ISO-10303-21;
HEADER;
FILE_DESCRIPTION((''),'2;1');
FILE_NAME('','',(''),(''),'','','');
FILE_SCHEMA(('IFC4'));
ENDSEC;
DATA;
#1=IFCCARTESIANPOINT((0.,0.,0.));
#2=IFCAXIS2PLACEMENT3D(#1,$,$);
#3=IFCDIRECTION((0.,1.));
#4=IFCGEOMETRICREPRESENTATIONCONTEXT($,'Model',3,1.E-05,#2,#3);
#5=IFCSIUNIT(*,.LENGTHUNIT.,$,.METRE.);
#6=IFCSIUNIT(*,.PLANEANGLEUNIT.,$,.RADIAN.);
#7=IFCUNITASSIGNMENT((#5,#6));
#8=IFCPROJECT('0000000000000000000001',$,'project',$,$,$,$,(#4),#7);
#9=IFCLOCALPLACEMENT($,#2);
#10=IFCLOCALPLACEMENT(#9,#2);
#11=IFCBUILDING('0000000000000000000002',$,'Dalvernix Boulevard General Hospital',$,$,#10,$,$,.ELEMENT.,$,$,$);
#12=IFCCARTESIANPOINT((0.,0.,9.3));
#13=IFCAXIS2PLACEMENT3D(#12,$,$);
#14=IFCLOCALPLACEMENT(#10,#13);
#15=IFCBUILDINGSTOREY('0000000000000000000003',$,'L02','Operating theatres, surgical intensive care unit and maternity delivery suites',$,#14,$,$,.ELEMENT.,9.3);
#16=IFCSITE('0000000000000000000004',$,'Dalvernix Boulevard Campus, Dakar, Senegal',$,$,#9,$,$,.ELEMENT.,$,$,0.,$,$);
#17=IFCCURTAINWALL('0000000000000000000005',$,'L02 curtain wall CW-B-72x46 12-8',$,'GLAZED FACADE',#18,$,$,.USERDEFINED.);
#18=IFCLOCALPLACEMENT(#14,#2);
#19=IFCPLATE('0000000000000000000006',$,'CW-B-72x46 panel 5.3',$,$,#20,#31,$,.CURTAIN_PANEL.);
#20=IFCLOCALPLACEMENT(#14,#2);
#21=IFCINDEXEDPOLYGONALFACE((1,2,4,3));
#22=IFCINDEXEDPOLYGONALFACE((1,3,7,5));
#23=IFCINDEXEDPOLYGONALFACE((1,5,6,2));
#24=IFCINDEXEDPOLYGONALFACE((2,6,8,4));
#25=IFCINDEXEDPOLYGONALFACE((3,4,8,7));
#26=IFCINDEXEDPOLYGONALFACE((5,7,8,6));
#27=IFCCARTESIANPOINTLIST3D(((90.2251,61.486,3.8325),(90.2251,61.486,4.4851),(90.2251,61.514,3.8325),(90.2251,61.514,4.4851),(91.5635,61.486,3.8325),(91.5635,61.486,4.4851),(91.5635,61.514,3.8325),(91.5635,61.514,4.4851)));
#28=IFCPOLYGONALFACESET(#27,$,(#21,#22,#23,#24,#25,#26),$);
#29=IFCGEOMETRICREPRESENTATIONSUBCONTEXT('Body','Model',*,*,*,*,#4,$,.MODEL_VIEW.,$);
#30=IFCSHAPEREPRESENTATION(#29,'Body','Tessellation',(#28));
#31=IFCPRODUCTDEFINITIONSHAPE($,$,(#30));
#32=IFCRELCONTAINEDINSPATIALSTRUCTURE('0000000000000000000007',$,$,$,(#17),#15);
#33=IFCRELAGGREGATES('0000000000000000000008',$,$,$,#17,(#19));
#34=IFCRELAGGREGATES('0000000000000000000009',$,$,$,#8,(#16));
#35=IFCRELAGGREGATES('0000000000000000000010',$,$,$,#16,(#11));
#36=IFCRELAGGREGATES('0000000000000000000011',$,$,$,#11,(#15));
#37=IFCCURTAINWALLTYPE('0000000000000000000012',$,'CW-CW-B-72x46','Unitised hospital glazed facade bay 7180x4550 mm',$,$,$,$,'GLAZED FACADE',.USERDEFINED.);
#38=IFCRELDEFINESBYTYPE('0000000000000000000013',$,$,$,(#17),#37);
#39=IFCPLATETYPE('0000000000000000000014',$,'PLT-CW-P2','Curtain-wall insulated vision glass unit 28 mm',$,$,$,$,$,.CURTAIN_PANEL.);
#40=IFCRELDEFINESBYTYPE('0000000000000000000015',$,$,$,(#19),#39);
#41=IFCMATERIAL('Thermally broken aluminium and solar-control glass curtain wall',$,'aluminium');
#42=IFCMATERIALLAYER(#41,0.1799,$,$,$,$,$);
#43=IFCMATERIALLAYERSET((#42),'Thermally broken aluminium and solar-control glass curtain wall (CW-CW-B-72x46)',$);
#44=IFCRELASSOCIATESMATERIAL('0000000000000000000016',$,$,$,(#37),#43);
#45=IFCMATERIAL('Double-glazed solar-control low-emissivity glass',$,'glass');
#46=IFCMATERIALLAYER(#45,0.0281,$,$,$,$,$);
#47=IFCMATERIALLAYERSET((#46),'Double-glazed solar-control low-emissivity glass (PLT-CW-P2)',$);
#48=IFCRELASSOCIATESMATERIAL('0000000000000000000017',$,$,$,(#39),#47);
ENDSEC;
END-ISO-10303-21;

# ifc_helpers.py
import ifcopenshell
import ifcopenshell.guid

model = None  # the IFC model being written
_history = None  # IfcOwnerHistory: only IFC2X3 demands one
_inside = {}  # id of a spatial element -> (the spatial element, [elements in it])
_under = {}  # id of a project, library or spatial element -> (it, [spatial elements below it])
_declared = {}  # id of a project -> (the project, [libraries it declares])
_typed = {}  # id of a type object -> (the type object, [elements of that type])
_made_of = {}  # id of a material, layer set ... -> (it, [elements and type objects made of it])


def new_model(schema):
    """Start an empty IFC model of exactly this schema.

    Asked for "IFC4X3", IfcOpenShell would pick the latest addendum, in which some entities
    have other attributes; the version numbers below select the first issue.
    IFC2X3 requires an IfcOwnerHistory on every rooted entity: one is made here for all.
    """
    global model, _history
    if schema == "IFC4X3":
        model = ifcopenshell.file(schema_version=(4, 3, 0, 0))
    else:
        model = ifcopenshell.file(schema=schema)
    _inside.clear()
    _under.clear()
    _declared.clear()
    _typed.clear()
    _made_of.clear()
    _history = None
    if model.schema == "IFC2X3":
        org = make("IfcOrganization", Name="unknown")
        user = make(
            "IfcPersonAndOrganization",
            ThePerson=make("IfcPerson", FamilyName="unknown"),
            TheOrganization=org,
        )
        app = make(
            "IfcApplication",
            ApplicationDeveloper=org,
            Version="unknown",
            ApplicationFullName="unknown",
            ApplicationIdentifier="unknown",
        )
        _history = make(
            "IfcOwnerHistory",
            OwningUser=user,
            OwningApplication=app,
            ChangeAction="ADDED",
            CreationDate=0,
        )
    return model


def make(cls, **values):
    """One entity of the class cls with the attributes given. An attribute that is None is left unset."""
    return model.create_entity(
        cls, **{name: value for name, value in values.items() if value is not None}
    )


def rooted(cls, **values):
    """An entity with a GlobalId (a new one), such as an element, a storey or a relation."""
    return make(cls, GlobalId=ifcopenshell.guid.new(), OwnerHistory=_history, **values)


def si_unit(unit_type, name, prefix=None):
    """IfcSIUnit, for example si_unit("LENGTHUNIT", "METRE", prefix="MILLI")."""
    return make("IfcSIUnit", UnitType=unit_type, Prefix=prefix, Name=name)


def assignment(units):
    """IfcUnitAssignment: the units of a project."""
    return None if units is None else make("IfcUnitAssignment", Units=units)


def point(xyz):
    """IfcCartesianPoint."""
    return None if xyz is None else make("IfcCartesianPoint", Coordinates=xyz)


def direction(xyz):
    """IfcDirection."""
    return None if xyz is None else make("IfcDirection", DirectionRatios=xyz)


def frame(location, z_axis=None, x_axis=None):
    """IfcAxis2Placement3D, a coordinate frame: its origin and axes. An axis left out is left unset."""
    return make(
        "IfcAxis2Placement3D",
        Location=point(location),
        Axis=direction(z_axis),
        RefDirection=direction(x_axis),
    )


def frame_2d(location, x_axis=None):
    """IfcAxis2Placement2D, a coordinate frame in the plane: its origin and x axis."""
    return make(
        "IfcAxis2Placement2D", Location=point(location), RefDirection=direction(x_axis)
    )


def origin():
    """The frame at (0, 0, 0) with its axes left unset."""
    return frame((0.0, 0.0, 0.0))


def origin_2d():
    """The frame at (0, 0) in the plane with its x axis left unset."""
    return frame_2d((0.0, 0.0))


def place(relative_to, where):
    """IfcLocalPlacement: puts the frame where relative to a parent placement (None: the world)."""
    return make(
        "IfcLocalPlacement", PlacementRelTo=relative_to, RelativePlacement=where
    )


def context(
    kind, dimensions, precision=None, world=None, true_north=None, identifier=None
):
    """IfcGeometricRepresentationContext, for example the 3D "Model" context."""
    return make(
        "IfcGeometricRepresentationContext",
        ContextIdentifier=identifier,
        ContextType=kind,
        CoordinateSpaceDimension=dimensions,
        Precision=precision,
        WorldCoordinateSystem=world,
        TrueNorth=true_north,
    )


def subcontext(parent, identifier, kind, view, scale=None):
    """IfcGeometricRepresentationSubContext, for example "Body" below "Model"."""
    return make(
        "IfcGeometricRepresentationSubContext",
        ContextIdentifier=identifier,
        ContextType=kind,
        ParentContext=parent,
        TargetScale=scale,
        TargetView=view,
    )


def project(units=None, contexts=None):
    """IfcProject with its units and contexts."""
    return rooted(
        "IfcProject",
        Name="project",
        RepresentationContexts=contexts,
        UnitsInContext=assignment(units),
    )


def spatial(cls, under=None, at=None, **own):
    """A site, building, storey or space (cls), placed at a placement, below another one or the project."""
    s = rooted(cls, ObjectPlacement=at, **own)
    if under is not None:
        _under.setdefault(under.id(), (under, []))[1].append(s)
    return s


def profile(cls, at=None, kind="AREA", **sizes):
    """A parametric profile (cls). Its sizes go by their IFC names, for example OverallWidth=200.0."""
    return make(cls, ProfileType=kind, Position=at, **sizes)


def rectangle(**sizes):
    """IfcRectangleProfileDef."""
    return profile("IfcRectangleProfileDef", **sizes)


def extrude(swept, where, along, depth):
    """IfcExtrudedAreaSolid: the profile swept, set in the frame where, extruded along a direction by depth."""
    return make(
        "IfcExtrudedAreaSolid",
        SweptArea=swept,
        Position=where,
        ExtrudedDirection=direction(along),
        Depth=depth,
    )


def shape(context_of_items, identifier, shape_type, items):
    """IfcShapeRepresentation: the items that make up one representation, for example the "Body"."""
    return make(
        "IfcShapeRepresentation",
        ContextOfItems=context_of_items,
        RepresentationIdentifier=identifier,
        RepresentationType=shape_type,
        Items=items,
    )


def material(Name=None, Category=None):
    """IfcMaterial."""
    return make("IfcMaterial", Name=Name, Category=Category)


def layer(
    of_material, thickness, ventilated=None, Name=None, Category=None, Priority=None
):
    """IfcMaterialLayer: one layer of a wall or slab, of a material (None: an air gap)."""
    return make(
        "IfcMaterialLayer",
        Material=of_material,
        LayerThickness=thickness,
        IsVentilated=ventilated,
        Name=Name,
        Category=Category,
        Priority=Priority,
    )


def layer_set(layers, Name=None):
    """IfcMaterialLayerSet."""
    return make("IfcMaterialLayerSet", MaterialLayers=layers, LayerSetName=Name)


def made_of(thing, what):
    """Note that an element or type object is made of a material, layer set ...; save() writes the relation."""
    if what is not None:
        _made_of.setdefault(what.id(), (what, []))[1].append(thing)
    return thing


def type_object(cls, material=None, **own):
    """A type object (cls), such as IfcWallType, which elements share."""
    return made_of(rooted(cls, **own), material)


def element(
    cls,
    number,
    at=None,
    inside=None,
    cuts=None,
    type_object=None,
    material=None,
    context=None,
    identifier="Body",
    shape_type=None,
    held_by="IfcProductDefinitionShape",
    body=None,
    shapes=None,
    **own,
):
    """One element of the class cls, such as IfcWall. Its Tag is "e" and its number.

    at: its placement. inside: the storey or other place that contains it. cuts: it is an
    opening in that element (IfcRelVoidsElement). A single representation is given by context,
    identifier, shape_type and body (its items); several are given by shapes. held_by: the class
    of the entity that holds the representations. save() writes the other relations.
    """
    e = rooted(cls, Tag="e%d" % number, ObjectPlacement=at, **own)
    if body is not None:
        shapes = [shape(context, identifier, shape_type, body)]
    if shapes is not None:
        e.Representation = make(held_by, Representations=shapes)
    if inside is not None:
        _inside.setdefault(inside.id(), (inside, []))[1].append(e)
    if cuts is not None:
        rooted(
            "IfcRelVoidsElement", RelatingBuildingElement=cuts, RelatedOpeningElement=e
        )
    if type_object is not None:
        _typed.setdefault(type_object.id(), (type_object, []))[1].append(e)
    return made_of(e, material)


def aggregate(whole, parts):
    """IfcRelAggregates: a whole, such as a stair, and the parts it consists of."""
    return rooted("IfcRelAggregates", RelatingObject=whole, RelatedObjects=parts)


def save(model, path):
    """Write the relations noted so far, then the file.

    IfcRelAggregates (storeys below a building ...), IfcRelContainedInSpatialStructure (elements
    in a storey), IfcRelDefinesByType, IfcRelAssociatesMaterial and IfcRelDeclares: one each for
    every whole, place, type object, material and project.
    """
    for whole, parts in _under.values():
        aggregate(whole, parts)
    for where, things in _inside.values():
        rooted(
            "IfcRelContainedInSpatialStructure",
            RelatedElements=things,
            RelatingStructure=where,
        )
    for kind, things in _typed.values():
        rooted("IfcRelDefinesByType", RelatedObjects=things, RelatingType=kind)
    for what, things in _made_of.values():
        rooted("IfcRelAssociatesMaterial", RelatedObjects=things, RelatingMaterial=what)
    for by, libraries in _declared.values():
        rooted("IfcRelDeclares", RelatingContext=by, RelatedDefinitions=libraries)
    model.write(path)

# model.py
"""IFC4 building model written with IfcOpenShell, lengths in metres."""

from ifc_helpers import new_model, si_unit, direction, frame, origin, origin_2d, place, context, subcontext, project, spatial, rectangle, extrude, material, layer, layer_set, type_object, element, aggregate, save


model = new_model("IFC4")

# Units and contexts
model_context = context("Model", 3, precision=1e-05, world=origin(), true_north=direction((0.0, 1.0)))
body_context = subcontext(model_context, "Body", "Model", "MODEL_VIEW")
ifc_project = project(units=[si_unit("LENGTHUNIT", "METRE"), si_unit("PLANEANGLEUNIT", "RADIAN")], contexts=[model_context])

# Site, building, storey
site_placement = place(None, origin())
site = spatial("IfcSite", under=ifc_project, at=site_placement, Name="Dalvernix Boulevard Campus, Dakar, Senegal", CompositionType="ELEMENT", RefElevation=0.0)
building_placement = place(site_placement, origin())
building = spatial("IfcBuilding", under=site, at=building_placement, Name="Dalvernix Boulevard General Hospital", CompositionType="ELEMENT")
storey_placement = place(building_placement, frame((0.0, 0.0, 9.3)))
storey = spatial("IfcBuildingStorey", under=building, at=storey_placement, Name="L02", Description="Operating theatres, surgical intensive care unit and maternity delivery suites", CompositionType="ELEMENT", Elevation=9.3)

# Shared definitions
ifc_material_1 = material(Name="Thermally broken aluminium and solar-control glass curtain wall", Category="aluminium")

# Curtain wall
ifc_layer_1 = layer(ifc_material_1, 0.1799)
ifc_layer_set_1 = layer_set([ifc_layer_1], Name="Thermally broken aluminium and solar-control glass curtain wall (CW-CW-B-72x46)")
curtain_wall_type_1 = type_object("IfcCurtainWallType", Name="CW-CW-B-72x46", Description="Unitised hospital glazed facade bay 7180x4550 mm", ElementType="GLAZED FACADE", PredefinedType="USERDEFINED", material=ifc_layer_set_1)
curtain_wall_1_placement = place(storey_placement, origin())
curtain_wall_1 = element("IfcCurtainWall", 1, at=curtain_wall_1_placement, inside=storey, type_object=curtain_wall_type_1, Name="L02 curtain wall CW-B-72x46 12-8", ObjectType="GLAZED FACADE", PredefinedType="USERDEFINED")

# Plate
ifc_material_2 = material(Name="Double-glazed solar-control low-emissivity glass", Category="glass")
ifc_layer_2 = layer(ifc_material_2, 0.0281)
ifc_layer_set_2 = layer_set([ifc_layer_2], Name="Double-glazed solar-control low-emissivity glass (PLT-CW-P2)")
plate_type = type_object("IfcPlateType", Name="PLT-CW-P2", Description="Curtain-wall insulated vision glass unit 28 mm", PredefinedType="CURTAIN_PANEL", material=ifc_layer_set_2)
plate_1_placement = place(storey_placement, frame((90.8943, 61.5, 3.8325), z_axis=(0.0, 0.0, 1.0), x_axis=(-1.0, 0.0, 0.0)))
plate_1 = element("IfcPlate", 2, at=plate_1_placement, type_object=plate_type, Name="CW-B-72x46 panel 5.3", PredefinedType="CURTAIN_PANEL", context=body_context, shape_type="SweptSolid", body=[
    extrude(rectangle(XDim=1.3384, YDim=0.0281, at=origin_2d()), origin(), (0.0, 0.0, 1.0), 0.6526),
])
aggregate(curtain_wall_1, [plate_1])

save(model, "model.ifc")
